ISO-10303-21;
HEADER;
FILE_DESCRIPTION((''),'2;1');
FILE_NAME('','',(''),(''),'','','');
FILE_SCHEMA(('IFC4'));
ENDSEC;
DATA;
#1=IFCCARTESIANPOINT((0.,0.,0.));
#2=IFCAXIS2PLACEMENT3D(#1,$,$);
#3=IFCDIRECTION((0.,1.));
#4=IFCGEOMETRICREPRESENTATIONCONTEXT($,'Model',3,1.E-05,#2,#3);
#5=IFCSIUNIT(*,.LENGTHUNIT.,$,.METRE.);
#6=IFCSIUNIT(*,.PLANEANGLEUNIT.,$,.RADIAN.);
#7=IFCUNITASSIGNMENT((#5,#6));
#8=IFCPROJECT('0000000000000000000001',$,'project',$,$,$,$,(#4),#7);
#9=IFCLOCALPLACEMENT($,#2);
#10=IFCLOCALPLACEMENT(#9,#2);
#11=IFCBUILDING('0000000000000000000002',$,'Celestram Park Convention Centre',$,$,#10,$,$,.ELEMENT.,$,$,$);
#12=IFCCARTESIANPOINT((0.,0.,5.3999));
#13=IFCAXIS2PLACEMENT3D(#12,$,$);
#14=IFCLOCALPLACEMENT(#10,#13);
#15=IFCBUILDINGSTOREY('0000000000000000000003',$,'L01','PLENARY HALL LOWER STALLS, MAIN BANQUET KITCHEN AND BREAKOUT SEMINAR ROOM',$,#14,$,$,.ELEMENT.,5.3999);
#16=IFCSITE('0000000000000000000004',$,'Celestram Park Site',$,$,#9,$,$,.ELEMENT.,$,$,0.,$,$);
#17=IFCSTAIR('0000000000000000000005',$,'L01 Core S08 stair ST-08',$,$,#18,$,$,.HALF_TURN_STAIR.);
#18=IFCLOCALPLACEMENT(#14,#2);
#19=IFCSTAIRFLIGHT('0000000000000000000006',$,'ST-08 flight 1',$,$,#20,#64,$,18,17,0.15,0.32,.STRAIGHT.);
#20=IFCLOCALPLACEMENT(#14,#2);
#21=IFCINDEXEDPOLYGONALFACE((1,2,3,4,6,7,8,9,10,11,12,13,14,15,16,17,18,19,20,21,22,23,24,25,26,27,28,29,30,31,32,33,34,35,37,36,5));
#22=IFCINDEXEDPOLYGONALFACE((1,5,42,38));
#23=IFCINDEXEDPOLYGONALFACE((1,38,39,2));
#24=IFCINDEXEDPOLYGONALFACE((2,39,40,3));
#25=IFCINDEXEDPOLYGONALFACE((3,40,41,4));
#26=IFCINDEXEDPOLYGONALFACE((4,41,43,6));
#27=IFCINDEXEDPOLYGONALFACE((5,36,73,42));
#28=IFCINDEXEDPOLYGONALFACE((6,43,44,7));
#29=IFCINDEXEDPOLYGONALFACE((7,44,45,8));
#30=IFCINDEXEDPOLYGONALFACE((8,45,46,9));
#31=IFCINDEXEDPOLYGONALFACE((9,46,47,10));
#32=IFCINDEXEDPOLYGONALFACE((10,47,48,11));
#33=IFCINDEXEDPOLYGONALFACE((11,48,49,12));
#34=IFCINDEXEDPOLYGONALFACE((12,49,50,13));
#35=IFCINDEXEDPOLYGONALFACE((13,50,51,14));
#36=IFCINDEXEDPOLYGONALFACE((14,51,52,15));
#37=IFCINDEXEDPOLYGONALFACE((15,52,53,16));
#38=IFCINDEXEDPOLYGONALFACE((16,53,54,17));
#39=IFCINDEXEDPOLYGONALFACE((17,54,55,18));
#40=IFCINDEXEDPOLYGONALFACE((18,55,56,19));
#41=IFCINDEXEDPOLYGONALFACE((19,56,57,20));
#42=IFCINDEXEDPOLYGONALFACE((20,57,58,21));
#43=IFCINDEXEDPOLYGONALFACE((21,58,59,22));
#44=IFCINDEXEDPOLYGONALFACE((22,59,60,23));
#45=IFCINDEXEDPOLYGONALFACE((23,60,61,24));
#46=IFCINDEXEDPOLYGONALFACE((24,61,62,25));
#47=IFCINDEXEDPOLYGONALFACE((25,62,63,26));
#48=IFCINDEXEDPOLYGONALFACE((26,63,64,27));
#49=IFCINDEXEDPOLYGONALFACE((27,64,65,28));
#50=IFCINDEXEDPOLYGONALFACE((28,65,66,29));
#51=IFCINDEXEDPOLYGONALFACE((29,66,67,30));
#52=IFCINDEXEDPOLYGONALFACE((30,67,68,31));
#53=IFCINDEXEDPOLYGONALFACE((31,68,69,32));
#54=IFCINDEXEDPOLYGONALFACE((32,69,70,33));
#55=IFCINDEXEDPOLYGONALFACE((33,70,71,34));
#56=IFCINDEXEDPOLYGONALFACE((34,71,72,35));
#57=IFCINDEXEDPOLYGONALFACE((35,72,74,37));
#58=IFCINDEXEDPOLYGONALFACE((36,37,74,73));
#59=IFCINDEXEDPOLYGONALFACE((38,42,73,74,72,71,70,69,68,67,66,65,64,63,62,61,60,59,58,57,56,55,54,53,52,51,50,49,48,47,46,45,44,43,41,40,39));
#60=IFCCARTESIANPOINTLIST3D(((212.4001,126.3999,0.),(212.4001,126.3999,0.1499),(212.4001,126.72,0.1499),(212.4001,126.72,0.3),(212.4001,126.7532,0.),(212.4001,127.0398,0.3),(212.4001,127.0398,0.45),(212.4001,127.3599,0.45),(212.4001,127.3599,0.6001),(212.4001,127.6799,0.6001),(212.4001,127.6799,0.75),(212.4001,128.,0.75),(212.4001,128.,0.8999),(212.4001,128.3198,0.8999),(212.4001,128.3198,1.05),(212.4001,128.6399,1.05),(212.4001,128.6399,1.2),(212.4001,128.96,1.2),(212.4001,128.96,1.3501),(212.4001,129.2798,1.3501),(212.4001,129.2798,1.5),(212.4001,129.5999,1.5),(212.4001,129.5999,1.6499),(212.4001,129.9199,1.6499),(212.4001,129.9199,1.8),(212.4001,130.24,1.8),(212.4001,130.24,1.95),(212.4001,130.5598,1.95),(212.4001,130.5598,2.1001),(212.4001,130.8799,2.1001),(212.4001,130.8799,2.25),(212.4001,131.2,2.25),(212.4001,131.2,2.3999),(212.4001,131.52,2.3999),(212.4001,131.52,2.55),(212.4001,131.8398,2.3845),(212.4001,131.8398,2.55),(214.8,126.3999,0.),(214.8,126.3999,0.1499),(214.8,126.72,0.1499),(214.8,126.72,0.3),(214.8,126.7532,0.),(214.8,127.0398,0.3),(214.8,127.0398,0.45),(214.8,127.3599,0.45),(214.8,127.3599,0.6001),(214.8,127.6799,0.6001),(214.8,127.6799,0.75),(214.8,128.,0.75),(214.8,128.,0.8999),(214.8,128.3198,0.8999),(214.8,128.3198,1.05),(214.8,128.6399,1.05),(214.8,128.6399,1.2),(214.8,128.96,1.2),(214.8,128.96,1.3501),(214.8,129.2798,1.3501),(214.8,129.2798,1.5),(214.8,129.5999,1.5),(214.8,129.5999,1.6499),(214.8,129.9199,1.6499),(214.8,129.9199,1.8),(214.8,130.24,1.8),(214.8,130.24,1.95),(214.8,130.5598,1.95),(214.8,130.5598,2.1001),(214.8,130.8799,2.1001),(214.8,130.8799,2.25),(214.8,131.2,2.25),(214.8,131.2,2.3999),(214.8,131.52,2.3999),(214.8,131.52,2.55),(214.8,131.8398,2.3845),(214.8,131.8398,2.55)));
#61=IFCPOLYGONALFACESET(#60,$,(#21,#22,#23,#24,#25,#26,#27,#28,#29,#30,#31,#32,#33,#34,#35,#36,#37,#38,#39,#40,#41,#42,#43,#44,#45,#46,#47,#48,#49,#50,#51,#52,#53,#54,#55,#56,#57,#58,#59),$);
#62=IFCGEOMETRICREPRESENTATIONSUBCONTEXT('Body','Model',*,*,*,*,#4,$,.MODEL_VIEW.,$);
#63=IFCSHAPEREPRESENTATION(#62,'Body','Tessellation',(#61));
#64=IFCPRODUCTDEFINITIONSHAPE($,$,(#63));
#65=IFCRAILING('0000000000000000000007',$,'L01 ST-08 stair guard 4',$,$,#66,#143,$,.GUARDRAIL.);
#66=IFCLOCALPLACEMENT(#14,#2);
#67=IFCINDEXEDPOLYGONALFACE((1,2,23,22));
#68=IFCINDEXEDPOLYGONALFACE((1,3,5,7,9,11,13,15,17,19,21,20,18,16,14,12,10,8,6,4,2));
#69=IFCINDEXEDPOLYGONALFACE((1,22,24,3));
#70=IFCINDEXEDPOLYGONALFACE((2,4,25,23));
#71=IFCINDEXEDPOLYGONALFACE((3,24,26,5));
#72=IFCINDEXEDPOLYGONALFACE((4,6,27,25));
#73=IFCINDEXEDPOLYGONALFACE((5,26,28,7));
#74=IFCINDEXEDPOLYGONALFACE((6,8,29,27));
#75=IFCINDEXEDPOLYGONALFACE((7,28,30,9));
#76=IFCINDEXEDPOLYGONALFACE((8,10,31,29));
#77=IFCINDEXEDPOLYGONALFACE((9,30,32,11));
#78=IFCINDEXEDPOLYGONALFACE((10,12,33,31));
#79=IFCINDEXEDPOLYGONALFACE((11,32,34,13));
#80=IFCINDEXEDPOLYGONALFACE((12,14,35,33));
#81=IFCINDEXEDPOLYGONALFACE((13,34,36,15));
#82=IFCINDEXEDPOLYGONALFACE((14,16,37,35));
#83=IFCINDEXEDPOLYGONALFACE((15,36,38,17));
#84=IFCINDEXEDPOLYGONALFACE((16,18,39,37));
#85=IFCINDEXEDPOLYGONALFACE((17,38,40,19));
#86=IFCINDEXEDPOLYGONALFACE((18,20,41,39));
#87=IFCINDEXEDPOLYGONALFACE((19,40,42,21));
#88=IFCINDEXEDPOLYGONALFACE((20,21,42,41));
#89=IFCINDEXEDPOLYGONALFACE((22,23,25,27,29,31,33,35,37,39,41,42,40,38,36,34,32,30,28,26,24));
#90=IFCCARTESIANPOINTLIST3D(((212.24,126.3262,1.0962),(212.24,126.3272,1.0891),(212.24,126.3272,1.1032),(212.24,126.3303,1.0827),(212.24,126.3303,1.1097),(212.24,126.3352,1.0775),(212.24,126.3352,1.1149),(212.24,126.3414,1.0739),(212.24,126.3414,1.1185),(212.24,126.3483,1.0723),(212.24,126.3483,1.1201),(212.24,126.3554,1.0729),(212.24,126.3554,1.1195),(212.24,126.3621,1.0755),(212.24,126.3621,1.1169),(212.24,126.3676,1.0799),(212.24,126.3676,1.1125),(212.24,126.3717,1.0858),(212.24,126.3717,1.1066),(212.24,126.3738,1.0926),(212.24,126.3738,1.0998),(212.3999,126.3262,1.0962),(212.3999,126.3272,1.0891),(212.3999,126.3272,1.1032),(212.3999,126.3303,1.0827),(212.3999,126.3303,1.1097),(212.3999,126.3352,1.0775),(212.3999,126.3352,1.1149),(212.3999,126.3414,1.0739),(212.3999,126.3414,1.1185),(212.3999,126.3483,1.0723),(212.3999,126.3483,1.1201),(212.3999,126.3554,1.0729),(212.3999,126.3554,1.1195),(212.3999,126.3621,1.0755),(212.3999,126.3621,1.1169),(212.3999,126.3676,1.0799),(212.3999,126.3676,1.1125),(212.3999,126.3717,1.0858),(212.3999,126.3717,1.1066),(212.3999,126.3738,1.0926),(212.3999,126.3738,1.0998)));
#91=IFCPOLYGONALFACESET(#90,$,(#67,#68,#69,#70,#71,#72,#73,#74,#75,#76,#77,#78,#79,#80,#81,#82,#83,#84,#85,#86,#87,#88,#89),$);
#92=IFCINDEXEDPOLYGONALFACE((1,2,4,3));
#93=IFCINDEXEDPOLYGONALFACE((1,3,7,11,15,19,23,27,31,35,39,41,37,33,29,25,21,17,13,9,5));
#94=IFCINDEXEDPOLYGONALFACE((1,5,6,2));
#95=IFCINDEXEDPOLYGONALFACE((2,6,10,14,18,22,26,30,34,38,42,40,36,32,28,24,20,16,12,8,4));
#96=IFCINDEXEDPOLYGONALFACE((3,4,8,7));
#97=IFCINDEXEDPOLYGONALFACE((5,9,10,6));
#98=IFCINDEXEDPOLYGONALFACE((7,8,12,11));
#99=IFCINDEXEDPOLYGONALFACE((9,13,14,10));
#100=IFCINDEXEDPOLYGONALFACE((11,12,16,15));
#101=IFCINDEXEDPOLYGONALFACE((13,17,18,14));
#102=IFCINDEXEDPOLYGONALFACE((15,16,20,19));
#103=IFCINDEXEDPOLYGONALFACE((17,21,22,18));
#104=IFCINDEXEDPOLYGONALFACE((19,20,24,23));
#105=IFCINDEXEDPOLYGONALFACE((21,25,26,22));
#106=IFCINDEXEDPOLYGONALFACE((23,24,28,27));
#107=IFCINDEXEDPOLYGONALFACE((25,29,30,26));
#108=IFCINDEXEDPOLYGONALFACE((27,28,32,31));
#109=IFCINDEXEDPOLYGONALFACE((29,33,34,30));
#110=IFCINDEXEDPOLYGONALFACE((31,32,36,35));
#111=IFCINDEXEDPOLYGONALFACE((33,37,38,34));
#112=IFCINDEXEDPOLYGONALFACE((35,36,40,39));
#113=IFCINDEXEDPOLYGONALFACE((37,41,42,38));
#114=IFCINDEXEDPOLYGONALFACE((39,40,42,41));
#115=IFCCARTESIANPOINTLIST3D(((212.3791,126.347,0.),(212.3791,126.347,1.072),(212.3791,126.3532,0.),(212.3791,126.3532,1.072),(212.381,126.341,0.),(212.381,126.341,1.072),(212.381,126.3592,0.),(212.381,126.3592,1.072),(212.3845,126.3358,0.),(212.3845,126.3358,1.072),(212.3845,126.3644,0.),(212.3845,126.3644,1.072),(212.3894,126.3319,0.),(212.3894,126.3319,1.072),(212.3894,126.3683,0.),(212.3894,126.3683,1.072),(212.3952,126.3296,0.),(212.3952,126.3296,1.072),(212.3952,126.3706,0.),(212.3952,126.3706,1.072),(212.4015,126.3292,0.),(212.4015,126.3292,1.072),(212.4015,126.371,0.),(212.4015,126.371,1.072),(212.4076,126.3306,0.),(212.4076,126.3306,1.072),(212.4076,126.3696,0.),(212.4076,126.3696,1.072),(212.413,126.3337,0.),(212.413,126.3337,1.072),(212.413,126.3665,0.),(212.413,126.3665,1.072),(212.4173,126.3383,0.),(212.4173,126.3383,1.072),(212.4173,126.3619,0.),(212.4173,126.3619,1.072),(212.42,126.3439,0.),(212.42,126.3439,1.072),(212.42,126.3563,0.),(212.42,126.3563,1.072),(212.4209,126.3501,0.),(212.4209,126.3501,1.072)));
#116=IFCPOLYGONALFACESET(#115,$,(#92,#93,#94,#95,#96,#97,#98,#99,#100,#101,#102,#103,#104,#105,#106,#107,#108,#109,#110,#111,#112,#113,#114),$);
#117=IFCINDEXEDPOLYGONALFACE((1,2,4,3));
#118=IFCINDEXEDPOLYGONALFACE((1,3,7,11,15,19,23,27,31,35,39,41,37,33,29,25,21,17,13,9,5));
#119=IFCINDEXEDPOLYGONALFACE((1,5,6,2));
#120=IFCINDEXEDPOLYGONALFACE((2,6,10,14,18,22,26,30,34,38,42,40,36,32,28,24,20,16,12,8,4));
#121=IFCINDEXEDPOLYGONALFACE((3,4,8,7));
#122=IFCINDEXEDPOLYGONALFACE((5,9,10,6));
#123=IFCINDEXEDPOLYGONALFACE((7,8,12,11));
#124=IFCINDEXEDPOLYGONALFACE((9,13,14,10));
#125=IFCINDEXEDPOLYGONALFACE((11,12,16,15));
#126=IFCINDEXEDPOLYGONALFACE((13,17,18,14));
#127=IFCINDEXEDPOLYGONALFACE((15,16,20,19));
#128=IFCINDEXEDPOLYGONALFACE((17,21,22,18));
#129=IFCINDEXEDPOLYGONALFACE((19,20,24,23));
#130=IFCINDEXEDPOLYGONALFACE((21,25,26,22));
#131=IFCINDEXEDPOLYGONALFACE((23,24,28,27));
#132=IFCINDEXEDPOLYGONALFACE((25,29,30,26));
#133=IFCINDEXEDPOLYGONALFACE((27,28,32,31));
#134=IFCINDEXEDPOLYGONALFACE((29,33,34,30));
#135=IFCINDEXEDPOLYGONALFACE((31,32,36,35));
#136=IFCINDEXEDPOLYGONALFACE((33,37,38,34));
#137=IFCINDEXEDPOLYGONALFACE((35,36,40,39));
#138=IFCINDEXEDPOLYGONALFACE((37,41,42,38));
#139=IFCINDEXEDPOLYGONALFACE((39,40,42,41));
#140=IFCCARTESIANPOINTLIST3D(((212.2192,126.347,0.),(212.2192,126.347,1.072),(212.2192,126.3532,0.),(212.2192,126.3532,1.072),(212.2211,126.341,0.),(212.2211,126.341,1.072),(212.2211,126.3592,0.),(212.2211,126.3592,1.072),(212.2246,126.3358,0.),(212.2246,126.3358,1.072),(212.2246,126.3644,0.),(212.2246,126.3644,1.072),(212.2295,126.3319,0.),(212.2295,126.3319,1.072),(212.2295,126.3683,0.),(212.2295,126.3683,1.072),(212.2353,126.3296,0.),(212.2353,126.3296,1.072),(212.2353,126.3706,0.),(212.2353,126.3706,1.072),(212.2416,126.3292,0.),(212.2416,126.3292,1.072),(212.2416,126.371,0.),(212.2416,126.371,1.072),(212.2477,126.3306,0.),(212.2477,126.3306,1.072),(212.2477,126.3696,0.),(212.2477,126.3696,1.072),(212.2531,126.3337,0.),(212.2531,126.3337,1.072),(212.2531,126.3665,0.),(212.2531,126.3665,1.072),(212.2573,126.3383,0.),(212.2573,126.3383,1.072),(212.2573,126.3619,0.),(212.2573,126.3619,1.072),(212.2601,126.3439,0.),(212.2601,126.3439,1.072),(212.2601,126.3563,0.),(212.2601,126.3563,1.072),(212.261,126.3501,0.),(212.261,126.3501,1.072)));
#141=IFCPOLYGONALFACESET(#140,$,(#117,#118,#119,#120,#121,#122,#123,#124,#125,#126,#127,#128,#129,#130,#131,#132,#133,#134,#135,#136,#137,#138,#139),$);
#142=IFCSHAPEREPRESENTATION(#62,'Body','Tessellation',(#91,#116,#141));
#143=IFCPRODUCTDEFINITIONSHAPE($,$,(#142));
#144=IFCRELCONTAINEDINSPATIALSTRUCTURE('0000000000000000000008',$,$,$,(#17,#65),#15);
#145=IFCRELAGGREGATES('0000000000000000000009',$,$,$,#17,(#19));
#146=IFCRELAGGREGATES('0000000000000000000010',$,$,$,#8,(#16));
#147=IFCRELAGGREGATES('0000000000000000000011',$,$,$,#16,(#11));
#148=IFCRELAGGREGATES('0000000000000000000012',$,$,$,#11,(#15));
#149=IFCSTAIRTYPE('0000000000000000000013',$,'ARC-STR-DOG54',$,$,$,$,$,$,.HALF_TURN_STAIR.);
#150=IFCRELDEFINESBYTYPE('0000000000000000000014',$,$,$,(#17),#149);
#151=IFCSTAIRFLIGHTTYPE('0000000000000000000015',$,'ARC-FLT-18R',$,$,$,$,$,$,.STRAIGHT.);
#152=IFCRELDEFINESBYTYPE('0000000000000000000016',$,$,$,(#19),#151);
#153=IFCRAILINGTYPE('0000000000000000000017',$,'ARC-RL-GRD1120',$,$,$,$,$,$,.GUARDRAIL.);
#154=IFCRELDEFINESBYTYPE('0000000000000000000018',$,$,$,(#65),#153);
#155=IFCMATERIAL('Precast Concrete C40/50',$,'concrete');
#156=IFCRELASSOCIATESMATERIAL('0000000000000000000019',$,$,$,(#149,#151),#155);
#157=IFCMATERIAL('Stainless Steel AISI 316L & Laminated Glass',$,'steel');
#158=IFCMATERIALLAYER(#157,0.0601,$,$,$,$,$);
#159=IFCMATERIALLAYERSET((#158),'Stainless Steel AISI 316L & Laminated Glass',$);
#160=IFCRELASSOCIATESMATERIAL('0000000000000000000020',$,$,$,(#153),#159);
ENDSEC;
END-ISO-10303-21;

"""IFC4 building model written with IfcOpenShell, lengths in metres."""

from ifc_helpers import new_model, si_unit, direction, frame, origin, origin_2d, place, context, subcontext, project, spatial, polyline, circle, outline, extrude, material, layer, layer_set, type_object, element, aggregate, save


model = new_model("IFC4")

# Units and contexts
model_context = context("Model", 3, precision=1e-05, world=origin(), true_north=direction((0.0, 1.0)))
body_context = subcontext(model_context, "Body", "Model", "MODEL_VIEW")
ifc_project = project(units=[si_unit("LENGTHUNIT", "METRE"), si_unit("PLANEANGLEUNIT", "RADIAN")], contexts=[model_context])

# Site, building, storey
site_placement = place(None, origin())
site = spatial("IfcSite", under=ifc_project, at=site_placement, Name="Celestram Park Site", CompositionType="ELEMENT", RefElevation=0.0)
building_placement = place(site_placement, origin())
building = spatial("IfcBuilding", under=site, at=building_placement, Name="Celestram Park Convention Centre", CompositionType="ELEMENT")
storey_placement = place(building_placement, frame((0.0, 0.0, 5.3999)))
storey = spatial("IfcBuildingStorey", under=building, at=storey_placement, Name="L01", Description="PLENARY HALL LOWER STALLS, MAIN BANQUET KITCHEN AND BREAKOUT SEMINAR ROOM", CompositionType="ELEMENT", Elevation=5.3999)

# Shared definitions
ifc_material_1 = material(Name="Precast Concrete C40/50", Category="concrete")

# Stair, stair flight
stair_type = type_object("IfcStairType", Name="ARC-STR-DOG54", PredefinedType="HALF_TURN_STAIR", material=ifc_material_1)
stair_placement = place(storey_placement, origin())
stair = element("IfcStair", 1, at=stair_placement, inside=storey, type_object=stair_type, Name="L01 Core S08 stair ST-08", PredefinedType="HALF_TURN_STAIR")
stair_flight_type = type_object("IfcStairFlightType", Name="ARC-FLT-18R", PredefinedType="STRAIGHT", material=ifc_material_1)
stair_flight_placement = place(storey_placement, frame((213.6001, 126.3999, 0.0), z_axis=(0.0, 0.0, 1.0), x_axis=(0.0, 1.0, 0.0)))
stair_flight = element("IfcStairFlight", 2, at=stair_flight_placement, type_object=stair_flight_type, Name="ST-08 flight 1", NumberOfRisers=18, NumberOfTreads=17, PredefinedType="STRAIGHT", RiserHeight=0.15, TreadLength=0.32, context=body_context, shape_type="SweptSolid", body=[
    extrude(outline(polyline([(0.0, 0.0), (0.0, 0.1499), (0.3201, 0.1499), (0.3201, 0.3), (0.6399, 0.3), (0.6399, 0.45), (0.96, 0.45), (0.96, 0.6001), (1.28, 0.6001), (1.28, 0.75), (1.6001, 0.75), (1.6001, 0.8999), (1.9199, 0.8999), (1.9199, 1.05), (2.24, 1.05), (2.24, 1.2), (2.5601, 1.2), (2.5601, 1.3501), (2.8799, 1.3501), (2.8799, 1.5), (3.2, 1.5), (3.2, 1.6499), (3.52, 1.6499), (3.52, 1.8), (3.8401, 1.8), (3.8401, 1.95), (4.1599, 1.95), (4.1599, 2.1001), (4.48, 2.1001), (4.48, 2.25), (4.8, 2.25), (4.8, 2.3999), (5.1201, 2.3999), (5.1201, 2.55), (5.4399, 2.55), (5.4399, 2.7), (5.4399, 2.3845), (0.3533, 0.0), (0.0, 0.0)])), frame((0.0, 1.2, 0.0), z_axis=(0.0, -1.0, 0.0), x_axis=(1.0, 0.0, 0.0)), (0.0, 0.0, 1.0), 2.3999),
])
aggregate(stair, [stair_flight])

# Railing
ifc_material_2 = material(Name="Stainless Steel AISI 316L & Laminated Glass", Category="steel")
ifc_layer_1 = layer(ifc_material_2, 0.0601)
ifc_layer_set_1 = layer_set([ifc_layer_1], Name="Stainless Steel AISI 316L & Laminated Glass")
railing_type_1 = type_object("IfcRailingType", Name="ARC-RL-GRD1120", PredefinedType="GUARDRAIL", material=ifc_layer_set_1)
railing_1_placement = place(storey_placement, frame((212.3999, 126.3501, 0.0)))
element("IfcRailing", 3, at=railing_1_placement, inside=storey, type_object=railing_type_1, Name="L01 ST-08 stair guard 4", PredefinedType="GUARDRAIL", context=body_context, shape_type="SweptSolid", body=[
    extrude(circle(Radius=0.0239, at=origin_2d()), frame((0.0, 0.0, 1.0962), z_axis=(-1.0, 0.0, 0.0), x_axis=(0.0, -1.0, 0.0)), (0.0, 0.0, 1.0), 0.1599),
    extrude(circle(Radius=0.021, at=origin_2d()), origin(), (0.0, 0.0, 1.0), 1.072),
    extrude(circle(Radius=0.021, at=origin_2d()), frame((-0.1599, 0.0, 0.0)), (0.0, 0.0, 1.0), 1.072),
])

save(model, "model.ifc")
